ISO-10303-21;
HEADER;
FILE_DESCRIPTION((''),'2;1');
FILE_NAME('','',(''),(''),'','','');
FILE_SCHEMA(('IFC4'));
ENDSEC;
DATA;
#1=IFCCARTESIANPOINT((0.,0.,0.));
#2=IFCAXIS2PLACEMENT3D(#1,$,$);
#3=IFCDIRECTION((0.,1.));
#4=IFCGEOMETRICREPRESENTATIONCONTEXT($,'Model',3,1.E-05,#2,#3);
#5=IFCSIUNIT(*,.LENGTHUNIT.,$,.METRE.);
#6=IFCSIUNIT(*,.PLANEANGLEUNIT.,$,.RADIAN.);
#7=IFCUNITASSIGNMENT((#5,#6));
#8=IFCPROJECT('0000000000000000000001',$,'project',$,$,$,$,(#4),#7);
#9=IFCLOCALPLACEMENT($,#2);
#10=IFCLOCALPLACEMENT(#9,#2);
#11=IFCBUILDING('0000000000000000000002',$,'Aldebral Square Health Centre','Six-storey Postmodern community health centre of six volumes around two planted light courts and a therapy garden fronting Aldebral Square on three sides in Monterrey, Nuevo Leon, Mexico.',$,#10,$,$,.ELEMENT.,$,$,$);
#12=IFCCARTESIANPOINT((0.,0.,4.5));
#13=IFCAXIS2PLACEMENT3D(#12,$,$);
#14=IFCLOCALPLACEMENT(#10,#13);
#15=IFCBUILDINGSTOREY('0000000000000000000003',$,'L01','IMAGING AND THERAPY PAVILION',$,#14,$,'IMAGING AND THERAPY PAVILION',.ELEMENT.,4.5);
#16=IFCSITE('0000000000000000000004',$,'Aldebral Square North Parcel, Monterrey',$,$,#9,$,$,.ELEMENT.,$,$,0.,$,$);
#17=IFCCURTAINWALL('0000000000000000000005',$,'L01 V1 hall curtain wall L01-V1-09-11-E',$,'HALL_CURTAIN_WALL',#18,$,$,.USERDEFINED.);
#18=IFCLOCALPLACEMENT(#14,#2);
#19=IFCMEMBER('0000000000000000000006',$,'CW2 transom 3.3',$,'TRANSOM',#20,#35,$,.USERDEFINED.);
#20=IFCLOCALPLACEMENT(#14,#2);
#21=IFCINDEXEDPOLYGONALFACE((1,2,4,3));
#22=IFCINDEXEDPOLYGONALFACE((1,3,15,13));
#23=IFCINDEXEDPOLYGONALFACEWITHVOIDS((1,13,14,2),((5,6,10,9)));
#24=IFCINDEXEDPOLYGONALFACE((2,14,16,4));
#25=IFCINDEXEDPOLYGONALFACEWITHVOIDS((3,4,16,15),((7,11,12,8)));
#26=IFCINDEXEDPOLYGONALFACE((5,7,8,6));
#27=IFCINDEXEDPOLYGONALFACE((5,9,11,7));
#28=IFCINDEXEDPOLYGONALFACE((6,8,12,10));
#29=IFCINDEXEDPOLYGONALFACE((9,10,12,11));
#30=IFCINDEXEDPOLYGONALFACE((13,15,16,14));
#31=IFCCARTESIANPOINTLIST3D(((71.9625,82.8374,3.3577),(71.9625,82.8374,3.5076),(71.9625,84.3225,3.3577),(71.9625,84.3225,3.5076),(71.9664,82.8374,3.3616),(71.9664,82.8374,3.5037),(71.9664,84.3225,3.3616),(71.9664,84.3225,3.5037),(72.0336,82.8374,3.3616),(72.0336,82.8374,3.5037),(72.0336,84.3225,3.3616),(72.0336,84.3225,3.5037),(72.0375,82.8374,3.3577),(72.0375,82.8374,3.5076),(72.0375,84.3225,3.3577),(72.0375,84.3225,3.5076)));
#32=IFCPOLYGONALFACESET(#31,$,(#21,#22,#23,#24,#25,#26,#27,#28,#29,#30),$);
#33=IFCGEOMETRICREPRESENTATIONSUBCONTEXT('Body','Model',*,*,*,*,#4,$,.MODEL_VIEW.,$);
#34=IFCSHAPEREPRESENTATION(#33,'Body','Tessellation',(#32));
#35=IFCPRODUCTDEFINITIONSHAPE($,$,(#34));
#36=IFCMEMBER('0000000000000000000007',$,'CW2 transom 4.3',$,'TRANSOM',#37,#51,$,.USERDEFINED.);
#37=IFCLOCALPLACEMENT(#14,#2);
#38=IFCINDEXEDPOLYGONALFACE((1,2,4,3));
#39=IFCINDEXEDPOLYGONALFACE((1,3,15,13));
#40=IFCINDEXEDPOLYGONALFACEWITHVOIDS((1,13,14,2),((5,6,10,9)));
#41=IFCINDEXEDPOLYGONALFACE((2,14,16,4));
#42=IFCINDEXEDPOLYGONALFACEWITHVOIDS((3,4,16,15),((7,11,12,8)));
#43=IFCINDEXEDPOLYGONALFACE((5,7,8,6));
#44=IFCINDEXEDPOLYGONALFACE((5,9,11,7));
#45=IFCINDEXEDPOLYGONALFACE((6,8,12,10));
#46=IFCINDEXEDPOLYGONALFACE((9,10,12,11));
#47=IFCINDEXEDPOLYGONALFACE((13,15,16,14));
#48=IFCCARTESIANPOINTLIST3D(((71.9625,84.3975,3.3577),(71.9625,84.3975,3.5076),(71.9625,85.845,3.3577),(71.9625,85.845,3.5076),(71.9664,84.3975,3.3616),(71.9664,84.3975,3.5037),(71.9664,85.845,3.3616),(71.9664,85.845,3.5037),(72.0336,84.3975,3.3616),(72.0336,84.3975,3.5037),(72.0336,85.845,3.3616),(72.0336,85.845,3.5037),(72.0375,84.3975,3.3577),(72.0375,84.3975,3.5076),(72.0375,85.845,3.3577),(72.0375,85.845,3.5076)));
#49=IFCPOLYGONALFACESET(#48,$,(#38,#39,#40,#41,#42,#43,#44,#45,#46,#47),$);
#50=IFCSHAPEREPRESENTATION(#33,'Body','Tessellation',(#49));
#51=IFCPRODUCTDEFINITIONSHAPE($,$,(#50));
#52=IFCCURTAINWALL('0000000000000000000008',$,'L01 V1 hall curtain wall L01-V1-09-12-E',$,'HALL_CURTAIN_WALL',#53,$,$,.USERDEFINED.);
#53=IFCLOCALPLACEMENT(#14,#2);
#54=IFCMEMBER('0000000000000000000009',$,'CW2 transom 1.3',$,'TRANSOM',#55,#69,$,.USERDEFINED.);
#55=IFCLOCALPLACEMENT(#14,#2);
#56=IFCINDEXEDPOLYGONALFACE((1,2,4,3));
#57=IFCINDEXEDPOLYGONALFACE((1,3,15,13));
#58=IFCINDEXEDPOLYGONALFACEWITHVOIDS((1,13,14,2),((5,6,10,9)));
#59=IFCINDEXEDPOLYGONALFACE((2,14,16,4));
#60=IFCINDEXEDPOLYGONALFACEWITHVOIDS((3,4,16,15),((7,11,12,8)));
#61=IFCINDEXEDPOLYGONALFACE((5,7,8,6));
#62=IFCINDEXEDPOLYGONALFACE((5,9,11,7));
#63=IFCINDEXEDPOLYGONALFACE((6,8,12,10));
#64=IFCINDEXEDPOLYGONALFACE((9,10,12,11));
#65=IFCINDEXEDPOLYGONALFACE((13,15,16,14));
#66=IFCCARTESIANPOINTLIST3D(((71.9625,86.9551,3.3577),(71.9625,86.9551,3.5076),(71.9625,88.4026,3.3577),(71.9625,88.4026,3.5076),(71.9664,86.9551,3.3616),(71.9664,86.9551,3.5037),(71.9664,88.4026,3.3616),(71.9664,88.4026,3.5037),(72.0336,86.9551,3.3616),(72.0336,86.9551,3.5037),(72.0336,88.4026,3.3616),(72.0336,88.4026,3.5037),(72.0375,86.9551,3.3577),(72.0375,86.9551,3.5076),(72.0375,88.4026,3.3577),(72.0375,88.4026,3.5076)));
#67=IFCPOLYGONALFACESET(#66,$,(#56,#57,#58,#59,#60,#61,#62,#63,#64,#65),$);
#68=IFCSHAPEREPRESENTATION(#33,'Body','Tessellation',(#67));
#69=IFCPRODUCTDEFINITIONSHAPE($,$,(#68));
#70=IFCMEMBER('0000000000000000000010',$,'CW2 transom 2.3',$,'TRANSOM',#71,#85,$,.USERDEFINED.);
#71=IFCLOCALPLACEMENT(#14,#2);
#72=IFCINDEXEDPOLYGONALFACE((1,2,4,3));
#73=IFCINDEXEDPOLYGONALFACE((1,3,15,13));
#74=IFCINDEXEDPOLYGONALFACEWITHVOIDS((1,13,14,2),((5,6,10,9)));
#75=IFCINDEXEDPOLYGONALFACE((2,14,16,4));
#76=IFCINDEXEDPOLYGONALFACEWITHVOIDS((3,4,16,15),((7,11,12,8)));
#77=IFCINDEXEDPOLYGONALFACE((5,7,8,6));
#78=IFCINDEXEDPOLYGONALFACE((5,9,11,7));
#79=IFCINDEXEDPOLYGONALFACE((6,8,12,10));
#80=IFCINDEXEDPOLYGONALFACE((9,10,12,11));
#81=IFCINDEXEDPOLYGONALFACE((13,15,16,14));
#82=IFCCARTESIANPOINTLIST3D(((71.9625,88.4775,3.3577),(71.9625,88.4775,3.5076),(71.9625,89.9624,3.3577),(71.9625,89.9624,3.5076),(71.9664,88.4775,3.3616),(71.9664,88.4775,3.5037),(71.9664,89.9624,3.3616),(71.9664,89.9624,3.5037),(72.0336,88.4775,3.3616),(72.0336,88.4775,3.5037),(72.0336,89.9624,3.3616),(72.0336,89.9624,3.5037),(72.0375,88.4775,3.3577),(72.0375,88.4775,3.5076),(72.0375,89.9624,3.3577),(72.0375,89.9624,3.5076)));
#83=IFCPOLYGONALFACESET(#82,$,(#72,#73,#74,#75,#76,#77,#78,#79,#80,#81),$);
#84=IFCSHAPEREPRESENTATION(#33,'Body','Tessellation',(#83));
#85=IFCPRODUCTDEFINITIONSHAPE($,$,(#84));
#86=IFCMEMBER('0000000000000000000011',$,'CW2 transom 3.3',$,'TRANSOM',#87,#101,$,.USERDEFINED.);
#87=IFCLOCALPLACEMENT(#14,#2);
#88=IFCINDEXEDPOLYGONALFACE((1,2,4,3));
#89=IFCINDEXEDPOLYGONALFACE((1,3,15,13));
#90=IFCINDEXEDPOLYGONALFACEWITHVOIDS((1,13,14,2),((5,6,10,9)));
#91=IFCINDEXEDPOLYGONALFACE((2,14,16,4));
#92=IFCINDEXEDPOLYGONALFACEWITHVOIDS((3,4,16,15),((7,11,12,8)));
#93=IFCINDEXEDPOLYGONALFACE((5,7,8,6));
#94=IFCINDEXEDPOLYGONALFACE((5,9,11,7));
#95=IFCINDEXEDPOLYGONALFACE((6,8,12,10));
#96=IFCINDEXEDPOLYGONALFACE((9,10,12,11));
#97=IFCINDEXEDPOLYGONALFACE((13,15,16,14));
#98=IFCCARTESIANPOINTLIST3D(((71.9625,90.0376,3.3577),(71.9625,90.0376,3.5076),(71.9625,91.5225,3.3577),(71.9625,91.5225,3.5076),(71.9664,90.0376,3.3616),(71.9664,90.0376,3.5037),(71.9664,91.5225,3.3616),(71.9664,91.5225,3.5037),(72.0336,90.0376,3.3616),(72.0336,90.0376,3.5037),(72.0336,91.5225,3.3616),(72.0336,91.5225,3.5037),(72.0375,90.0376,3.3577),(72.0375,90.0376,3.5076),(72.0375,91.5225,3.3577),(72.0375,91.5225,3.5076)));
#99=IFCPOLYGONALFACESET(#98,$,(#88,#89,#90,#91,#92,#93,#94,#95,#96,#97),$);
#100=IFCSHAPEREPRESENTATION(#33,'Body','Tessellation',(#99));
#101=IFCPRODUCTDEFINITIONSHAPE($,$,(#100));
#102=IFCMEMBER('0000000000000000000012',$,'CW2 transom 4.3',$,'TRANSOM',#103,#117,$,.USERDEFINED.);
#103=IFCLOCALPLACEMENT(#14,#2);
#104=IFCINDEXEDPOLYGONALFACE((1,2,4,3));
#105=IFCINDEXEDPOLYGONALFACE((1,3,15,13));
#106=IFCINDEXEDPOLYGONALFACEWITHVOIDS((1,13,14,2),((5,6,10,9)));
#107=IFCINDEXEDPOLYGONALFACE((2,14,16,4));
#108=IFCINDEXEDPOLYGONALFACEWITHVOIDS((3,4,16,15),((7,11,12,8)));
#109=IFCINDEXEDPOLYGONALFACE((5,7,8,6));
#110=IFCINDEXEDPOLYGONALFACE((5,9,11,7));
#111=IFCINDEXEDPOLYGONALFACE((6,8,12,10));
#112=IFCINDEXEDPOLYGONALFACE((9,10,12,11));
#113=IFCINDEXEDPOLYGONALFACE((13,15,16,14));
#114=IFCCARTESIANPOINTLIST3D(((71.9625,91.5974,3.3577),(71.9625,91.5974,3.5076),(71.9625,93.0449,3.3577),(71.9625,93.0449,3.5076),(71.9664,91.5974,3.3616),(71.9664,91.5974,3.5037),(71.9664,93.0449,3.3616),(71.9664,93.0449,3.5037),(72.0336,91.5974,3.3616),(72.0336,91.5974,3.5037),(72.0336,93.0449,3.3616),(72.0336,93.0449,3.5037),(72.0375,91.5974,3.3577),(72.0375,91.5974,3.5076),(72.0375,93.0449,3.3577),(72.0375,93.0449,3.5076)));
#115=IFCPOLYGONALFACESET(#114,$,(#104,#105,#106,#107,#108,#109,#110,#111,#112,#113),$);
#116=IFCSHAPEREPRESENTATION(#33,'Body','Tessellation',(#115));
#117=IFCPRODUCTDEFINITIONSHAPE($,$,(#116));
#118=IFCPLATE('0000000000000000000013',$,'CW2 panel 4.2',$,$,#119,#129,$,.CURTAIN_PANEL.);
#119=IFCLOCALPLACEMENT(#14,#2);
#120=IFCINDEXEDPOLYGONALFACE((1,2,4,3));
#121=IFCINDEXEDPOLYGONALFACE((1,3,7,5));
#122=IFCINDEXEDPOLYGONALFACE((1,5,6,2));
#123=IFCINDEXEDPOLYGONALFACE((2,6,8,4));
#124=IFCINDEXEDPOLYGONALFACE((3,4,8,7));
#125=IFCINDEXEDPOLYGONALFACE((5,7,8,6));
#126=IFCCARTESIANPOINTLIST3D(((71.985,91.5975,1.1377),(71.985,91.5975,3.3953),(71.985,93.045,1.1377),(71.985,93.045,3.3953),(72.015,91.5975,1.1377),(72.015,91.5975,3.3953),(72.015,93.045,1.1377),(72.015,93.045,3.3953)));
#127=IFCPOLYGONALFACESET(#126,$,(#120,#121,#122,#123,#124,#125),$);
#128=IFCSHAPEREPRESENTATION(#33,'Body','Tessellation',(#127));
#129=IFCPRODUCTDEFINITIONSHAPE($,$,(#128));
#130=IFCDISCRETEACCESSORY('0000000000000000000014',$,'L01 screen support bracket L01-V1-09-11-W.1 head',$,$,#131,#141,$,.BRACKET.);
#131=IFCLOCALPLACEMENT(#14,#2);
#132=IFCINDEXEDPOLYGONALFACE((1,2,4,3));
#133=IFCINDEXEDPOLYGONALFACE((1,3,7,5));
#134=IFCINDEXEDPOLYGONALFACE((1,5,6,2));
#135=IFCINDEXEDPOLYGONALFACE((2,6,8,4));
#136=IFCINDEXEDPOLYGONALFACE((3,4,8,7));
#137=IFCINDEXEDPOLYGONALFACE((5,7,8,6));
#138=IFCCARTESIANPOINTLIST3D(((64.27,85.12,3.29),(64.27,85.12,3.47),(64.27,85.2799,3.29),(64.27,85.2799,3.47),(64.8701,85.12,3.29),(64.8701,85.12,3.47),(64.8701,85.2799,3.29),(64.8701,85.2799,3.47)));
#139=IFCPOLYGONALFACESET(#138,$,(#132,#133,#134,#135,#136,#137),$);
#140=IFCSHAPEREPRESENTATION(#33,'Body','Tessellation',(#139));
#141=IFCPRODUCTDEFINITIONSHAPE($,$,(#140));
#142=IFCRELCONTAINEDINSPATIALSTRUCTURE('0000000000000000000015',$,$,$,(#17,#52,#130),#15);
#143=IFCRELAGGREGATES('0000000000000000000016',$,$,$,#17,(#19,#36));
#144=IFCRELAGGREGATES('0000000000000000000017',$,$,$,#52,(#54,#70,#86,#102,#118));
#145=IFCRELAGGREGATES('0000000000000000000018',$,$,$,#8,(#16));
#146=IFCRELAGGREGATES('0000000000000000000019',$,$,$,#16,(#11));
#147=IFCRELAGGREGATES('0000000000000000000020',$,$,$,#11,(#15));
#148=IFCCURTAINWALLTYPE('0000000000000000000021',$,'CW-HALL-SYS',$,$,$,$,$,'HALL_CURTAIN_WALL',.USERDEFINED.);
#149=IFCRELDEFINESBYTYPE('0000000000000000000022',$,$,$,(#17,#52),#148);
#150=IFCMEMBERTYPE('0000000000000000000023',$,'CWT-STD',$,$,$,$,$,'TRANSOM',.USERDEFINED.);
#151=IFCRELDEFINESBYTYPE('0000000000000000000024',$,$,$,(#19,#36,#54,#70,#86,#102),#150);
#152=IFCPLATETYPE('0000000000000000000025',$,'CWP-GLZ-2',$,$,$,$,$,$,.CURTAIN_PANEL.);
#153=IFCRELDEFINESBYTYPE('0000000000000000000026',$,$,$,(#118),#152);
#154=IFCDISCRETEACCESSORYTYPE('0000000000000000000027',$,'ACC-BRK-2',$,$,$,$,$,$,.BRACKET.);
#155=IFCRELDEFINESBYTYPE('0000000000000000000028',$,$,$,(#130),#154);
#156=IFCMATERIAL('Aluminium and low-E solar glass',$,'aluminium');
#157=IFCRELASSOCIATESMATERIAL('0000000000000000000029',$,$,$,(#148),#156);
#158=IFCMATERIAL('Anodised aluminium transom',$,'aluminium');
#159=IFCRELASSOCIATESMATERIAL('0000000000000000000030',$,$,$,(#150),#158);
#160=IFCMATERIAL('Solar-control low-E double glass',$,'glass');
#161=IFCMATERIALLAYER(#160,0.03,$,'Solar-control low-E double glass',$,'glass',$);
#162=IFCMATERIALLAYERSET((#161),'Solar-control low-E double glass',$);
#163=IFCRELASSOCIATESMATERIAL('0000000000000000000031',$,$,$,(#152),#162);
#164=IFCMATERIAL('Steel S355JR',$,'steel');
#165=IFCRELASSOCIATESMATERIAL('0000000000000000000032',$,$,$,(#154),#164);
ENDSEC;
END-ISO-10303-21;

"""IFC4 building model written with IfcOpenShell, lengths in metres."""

from ifc_helpers import new_model, si_unit, direction, frame, origin, origin_2d, place, context, subcontext, project, spatial, rectangle, hollow_rectangle, extrude, material, layer, layer_set, material_profile, profile_set, type_object, element, aggregate, save


model = new_model("IFC4")

# Units and contexts
model_context = context("Model", 3, precision=1e-05, world=origin(), true_north=direction((0.0, 1.0)))
body_context = subcontext(model_context, "Body", "Model", "MODEL_VIEW")
ifc_project = project(units=[si_unit("LENGTHUNIT", "METRE"), si_unit("PLANEANGLEUNIT", "RADIAN")], contexts=[model_context])

# Site, building, storey
site_placement = place(None, origin())
site = spatial("IfcSite", under=ifc_project, at=site_placement, Name="Aldebral Square North Parcel, Monterrey", CompositionType="ELEMENT", RefElevation=0.0)
building_placement = place(site_placement, origin())
building = spatial("IfcBuilding", under=site, at=building_placement, Name="Aldebral Square Health Centre", Description="Six-storey Postmodern community health centre of six volumes around two planted light courts and a therapy garden fronting Aldebral Square on three sides in Monterrey, Nuevo Leon, Mexico.", CompositionType="ELEMENT")
storey_placement = place(building_placement, frame((0.0, 0.0, 4.5)))
storey = spatial("IfcBuildingStorey", under=building, at=storey_placement, Name="L01", Description="IMAGING AND THERAPY PAVILION", LongName="IMAGING AND THERAPY PAVILION", CompositionType="ELEMENT", Elevation=4.5)

# Curtain wall, members
ifc_material_1 = material(Name="Aluminium and low-E solar glass", Category="aluminium")
curtain_wall_type = type_object("IfcCurtainWallType", Name="CW-HALL-SYS", ElementType="HALL_CURTAIN_WALL", PredefinedType="USERDEFINED", material=ifc_material_1)
ifc_material_2 = material(Name="Anodised aluminium transom", Category="aluminium")
ifc_material_profile_1 = material_profile(ifc_material_2, hollow_rectangle(XDim=0.075, YDim=0.1499, WallThickness=0.0039, at=origin_2d()), Name="CWT 75x150x4")
ifc_profile_set_1 = profile_set([ifc_material_profile_1], Name="Anodised aluminium transom")
member_type = type_object("IfcMemberType", Name="CWT-STD", ElementType="TRANSOM", PredefinedType="USERDEFINED", material=ifc_profile_set_1)
curtain_wall_1_placement = place(storey_placement, origin())
curtain_wall_1 = element("IfcCurtainWall", 1, at=curtain_wall_1_placement, inside=storey, type_object=curtain_wall_type, Name="L01 V1 hall curtain wall L01-V1-09-11-E", ObjectType="HALL_CURTAIN_WALL", PredefinedType="USERDEFINED")
member_1_placement = place(storey_placement, frame((72.0, 82.8374, 3.4326), z_axis=(0.0, 1.0, 0.0), x_axis=(-1.0, 0.0, 0.0)))
member_1 = element("IfcMember", 2, at=member_1_placement, type_object=member_type, Name="CW2 transom 3.3", ObjectType="TRANSOM", PredefinedType="USERDEFINED", context=body_context, shape_type="SweptSolid", body=[
    extrude(hollow_rectangle(XDim=0.075, YDim=0.1499, WallThickness=0.0039, at=origin_2d()), origin(), (0.0, 0.0, 1.0), 1.4851),
])
member_2_placement = place(storey_placement, frame((72.0, 84.3975, 3.4326), z_axis=(0.0, 1.0, 0.0), x_axis=(-1.0, 0.0, 0.0)))
member_2 = element("IfcMember", 3, at=member_2_placement, type_object=member_type, Name="CW2 transom 4.3", ObjectType="TRANSOM", PredefinedType="USERDEFINED", context=body_context, shape_type="SweptSolid", body=[
    extrude(hollow_rectangle(XDim=0.075, YDim=0.1499, WallThickness=0.0039, at=origin_2d()), origin(), (0.0, 0.0, 1.0), 1.4475),
])
aggregate(curtain_wall_1, [member_1, member_2])

# Curtain wall, members, plate
curtain_wall_2_placement = place(storey_placement, origin())
curtain_wall_2 = element("IfcCurtainWall", 4, at=curtain_wall_2_placement, inside=storey, type_object=curtain_wall_type, Name="L01 V1 hall curtain wall L01-V1-09-12-E", ObjectType="HALL_CURTAIN_WALL", PredefinedType="USERDEFINED")
member_3_placement = place(storey_placement, frame((72.0, 86.9551, 3.4326), z_axis=(0.0, 1.0, 0.0), x_axis=(-1.0, 0.0, 0.0)))
member_3 = element("IfcMember", 5, at=member_3_placement, type_object=member_type, Name="CW2 transom 1.3", ObjectType="TRANSOM", PredefinedType="USERDEFINED", context=body_context, shape_type="SweptSolid", body=[
    extrude(hollow_rectangle(XDim=0.075, YDim=0.1499, WallThickness=0.0039, at=origin_2d()), origin(), (0.0, 0.0, 1.0), 1.4475),
])
member_4_placement = place(storey_placement, frame((72.0, 88.4775, 3.4326), z_axis=(0.0, 1.0, 0.0), x_axis=(-1.0, 0.0, 0.0)))
member_4 = element("IfcMember", 6, at=member_4_placement, type_object=member_type, Name="CW2 transom 2.3", ObjectType="TRANSOM", PredefinedType="USERDEFINED", context=body_context, shape_type="SweptSolid", body=[
    extrude(hollow_rectangle(XDim=0.075, YDim=0.1499, WallThickness=0.0039, at=origin_2d()), origin(), (0.0, 0.0, 1.0), 1.4849),
])
member_5_placement = place(storey_placement, frame((72.0, 90.0376, 3.4326), z_axis=(0.0, 1.0, 0.0), x_axis=(-1.0, 0.0, 0.0)))
member_5 = element("IfcMember", 7, at=member_5_placement, type_object=member_type, Name="CW2 transom 3.3", ObjectType="TRANSOM", PredefinedType="USERDEFINED", context=body_context, shape_type="SweptSolid", body=[
    extrude(hollow_rectangle(XDim=0.075, YDim=0.1499, WallThickness=0.0039, at=origin_2d()), origin(), (0.0, 0.0, 1.0), 1.4849),
])
member_6_placement = place(storey_placement, frame((72.0, 91.5974, 3.4326), z_axis=(0.0, 1.0, 0.0), x_axis=(-1.0, 0.0, 0.0)))
member_6 = element("IfcMember", 8, at=member_6_placement, type_object=member_type, Name="CW2 transom 4.3", ObjectType="TRANSOM", PredefinedType="USERDEFINED", context=body_context, shape_type="SweptSolid", body=[
    extrude(hollow_rectangle(XDim=0.075, YDim=0.1499, WallThickness=0.0039, at=origin_2d()), origin(), (0.0, 0.0, 1.0), 1.4475),
])
ifc_material_3 = material(Name="Solar-control low-E double glass", Category="glass")
ifc_layer = layer(ifc_material_3, 0.03, Name="Solar-control low-E double glass", Category="glass")
ifc_layer_set = layer_set([ifc_layer], Name="Solar-control low-E double glass")
plate_type = type_object("IfcPlateType", Name="CWP-GLZ-2", PredefinedType="CURTAIN_PANEL", material=ifc_layer_set)
plate_placement = place(storey_placement, frame((72.0, 92.3213, 1.1377), z_axis=(0.0, 0.0, 1.0), x_axis=(0.0, 1.0, 0.0)))
plate = element("IfcPlate", 9, at=plate_placement, type_object=plate_type, Name="CW2 panel 4.2", PredefinedType="CURTAIN_PANEL", context=body_context, shape_type="SweptSolid", body=[
    extrude(rectangle(XDim=1.4475, YDim=0.03, at=origin_2d()), origin(), (0.0, 0.0, 1.0), 2.2576),
])
aggregate(curtain_wall_2, [member_3, member_4, member_5, member_6, plate])

# Discrete accessory
ifc_material_4 = material(Name="Steel S355JR", Category="steel")
discrete_accessory_type = type_object("IfcDiscreteAccessoryType", Name="ACC-BRK-2", PredefinedType="BRACKET", material=ifc_material_4)
discrete_accessory_placement = place(storey_placement, frame((64.5701, 85.2, 3.29), z_axis=(0.0, 0.0, 1.0), x_axis=(0.0, 1.0, 0.0)))
element("IfcDiscreteAccessory", 10, at=discrete_accessory_placement, inside=storey, type_object=discrete_accessory_type, Name="L01 screen support bracket L01-V1-09-11-W.1 head", PredefinedType="BRACKET", context=body_context, shape_type="SweptSolid", body=[
    extrude(rectangle(XDim=0.1599, YDim=0.6001, at=origin_2d()), origin(), (0.0, 0.0, 1.0), 0.1799),
])

save(model, "model.ifc")
